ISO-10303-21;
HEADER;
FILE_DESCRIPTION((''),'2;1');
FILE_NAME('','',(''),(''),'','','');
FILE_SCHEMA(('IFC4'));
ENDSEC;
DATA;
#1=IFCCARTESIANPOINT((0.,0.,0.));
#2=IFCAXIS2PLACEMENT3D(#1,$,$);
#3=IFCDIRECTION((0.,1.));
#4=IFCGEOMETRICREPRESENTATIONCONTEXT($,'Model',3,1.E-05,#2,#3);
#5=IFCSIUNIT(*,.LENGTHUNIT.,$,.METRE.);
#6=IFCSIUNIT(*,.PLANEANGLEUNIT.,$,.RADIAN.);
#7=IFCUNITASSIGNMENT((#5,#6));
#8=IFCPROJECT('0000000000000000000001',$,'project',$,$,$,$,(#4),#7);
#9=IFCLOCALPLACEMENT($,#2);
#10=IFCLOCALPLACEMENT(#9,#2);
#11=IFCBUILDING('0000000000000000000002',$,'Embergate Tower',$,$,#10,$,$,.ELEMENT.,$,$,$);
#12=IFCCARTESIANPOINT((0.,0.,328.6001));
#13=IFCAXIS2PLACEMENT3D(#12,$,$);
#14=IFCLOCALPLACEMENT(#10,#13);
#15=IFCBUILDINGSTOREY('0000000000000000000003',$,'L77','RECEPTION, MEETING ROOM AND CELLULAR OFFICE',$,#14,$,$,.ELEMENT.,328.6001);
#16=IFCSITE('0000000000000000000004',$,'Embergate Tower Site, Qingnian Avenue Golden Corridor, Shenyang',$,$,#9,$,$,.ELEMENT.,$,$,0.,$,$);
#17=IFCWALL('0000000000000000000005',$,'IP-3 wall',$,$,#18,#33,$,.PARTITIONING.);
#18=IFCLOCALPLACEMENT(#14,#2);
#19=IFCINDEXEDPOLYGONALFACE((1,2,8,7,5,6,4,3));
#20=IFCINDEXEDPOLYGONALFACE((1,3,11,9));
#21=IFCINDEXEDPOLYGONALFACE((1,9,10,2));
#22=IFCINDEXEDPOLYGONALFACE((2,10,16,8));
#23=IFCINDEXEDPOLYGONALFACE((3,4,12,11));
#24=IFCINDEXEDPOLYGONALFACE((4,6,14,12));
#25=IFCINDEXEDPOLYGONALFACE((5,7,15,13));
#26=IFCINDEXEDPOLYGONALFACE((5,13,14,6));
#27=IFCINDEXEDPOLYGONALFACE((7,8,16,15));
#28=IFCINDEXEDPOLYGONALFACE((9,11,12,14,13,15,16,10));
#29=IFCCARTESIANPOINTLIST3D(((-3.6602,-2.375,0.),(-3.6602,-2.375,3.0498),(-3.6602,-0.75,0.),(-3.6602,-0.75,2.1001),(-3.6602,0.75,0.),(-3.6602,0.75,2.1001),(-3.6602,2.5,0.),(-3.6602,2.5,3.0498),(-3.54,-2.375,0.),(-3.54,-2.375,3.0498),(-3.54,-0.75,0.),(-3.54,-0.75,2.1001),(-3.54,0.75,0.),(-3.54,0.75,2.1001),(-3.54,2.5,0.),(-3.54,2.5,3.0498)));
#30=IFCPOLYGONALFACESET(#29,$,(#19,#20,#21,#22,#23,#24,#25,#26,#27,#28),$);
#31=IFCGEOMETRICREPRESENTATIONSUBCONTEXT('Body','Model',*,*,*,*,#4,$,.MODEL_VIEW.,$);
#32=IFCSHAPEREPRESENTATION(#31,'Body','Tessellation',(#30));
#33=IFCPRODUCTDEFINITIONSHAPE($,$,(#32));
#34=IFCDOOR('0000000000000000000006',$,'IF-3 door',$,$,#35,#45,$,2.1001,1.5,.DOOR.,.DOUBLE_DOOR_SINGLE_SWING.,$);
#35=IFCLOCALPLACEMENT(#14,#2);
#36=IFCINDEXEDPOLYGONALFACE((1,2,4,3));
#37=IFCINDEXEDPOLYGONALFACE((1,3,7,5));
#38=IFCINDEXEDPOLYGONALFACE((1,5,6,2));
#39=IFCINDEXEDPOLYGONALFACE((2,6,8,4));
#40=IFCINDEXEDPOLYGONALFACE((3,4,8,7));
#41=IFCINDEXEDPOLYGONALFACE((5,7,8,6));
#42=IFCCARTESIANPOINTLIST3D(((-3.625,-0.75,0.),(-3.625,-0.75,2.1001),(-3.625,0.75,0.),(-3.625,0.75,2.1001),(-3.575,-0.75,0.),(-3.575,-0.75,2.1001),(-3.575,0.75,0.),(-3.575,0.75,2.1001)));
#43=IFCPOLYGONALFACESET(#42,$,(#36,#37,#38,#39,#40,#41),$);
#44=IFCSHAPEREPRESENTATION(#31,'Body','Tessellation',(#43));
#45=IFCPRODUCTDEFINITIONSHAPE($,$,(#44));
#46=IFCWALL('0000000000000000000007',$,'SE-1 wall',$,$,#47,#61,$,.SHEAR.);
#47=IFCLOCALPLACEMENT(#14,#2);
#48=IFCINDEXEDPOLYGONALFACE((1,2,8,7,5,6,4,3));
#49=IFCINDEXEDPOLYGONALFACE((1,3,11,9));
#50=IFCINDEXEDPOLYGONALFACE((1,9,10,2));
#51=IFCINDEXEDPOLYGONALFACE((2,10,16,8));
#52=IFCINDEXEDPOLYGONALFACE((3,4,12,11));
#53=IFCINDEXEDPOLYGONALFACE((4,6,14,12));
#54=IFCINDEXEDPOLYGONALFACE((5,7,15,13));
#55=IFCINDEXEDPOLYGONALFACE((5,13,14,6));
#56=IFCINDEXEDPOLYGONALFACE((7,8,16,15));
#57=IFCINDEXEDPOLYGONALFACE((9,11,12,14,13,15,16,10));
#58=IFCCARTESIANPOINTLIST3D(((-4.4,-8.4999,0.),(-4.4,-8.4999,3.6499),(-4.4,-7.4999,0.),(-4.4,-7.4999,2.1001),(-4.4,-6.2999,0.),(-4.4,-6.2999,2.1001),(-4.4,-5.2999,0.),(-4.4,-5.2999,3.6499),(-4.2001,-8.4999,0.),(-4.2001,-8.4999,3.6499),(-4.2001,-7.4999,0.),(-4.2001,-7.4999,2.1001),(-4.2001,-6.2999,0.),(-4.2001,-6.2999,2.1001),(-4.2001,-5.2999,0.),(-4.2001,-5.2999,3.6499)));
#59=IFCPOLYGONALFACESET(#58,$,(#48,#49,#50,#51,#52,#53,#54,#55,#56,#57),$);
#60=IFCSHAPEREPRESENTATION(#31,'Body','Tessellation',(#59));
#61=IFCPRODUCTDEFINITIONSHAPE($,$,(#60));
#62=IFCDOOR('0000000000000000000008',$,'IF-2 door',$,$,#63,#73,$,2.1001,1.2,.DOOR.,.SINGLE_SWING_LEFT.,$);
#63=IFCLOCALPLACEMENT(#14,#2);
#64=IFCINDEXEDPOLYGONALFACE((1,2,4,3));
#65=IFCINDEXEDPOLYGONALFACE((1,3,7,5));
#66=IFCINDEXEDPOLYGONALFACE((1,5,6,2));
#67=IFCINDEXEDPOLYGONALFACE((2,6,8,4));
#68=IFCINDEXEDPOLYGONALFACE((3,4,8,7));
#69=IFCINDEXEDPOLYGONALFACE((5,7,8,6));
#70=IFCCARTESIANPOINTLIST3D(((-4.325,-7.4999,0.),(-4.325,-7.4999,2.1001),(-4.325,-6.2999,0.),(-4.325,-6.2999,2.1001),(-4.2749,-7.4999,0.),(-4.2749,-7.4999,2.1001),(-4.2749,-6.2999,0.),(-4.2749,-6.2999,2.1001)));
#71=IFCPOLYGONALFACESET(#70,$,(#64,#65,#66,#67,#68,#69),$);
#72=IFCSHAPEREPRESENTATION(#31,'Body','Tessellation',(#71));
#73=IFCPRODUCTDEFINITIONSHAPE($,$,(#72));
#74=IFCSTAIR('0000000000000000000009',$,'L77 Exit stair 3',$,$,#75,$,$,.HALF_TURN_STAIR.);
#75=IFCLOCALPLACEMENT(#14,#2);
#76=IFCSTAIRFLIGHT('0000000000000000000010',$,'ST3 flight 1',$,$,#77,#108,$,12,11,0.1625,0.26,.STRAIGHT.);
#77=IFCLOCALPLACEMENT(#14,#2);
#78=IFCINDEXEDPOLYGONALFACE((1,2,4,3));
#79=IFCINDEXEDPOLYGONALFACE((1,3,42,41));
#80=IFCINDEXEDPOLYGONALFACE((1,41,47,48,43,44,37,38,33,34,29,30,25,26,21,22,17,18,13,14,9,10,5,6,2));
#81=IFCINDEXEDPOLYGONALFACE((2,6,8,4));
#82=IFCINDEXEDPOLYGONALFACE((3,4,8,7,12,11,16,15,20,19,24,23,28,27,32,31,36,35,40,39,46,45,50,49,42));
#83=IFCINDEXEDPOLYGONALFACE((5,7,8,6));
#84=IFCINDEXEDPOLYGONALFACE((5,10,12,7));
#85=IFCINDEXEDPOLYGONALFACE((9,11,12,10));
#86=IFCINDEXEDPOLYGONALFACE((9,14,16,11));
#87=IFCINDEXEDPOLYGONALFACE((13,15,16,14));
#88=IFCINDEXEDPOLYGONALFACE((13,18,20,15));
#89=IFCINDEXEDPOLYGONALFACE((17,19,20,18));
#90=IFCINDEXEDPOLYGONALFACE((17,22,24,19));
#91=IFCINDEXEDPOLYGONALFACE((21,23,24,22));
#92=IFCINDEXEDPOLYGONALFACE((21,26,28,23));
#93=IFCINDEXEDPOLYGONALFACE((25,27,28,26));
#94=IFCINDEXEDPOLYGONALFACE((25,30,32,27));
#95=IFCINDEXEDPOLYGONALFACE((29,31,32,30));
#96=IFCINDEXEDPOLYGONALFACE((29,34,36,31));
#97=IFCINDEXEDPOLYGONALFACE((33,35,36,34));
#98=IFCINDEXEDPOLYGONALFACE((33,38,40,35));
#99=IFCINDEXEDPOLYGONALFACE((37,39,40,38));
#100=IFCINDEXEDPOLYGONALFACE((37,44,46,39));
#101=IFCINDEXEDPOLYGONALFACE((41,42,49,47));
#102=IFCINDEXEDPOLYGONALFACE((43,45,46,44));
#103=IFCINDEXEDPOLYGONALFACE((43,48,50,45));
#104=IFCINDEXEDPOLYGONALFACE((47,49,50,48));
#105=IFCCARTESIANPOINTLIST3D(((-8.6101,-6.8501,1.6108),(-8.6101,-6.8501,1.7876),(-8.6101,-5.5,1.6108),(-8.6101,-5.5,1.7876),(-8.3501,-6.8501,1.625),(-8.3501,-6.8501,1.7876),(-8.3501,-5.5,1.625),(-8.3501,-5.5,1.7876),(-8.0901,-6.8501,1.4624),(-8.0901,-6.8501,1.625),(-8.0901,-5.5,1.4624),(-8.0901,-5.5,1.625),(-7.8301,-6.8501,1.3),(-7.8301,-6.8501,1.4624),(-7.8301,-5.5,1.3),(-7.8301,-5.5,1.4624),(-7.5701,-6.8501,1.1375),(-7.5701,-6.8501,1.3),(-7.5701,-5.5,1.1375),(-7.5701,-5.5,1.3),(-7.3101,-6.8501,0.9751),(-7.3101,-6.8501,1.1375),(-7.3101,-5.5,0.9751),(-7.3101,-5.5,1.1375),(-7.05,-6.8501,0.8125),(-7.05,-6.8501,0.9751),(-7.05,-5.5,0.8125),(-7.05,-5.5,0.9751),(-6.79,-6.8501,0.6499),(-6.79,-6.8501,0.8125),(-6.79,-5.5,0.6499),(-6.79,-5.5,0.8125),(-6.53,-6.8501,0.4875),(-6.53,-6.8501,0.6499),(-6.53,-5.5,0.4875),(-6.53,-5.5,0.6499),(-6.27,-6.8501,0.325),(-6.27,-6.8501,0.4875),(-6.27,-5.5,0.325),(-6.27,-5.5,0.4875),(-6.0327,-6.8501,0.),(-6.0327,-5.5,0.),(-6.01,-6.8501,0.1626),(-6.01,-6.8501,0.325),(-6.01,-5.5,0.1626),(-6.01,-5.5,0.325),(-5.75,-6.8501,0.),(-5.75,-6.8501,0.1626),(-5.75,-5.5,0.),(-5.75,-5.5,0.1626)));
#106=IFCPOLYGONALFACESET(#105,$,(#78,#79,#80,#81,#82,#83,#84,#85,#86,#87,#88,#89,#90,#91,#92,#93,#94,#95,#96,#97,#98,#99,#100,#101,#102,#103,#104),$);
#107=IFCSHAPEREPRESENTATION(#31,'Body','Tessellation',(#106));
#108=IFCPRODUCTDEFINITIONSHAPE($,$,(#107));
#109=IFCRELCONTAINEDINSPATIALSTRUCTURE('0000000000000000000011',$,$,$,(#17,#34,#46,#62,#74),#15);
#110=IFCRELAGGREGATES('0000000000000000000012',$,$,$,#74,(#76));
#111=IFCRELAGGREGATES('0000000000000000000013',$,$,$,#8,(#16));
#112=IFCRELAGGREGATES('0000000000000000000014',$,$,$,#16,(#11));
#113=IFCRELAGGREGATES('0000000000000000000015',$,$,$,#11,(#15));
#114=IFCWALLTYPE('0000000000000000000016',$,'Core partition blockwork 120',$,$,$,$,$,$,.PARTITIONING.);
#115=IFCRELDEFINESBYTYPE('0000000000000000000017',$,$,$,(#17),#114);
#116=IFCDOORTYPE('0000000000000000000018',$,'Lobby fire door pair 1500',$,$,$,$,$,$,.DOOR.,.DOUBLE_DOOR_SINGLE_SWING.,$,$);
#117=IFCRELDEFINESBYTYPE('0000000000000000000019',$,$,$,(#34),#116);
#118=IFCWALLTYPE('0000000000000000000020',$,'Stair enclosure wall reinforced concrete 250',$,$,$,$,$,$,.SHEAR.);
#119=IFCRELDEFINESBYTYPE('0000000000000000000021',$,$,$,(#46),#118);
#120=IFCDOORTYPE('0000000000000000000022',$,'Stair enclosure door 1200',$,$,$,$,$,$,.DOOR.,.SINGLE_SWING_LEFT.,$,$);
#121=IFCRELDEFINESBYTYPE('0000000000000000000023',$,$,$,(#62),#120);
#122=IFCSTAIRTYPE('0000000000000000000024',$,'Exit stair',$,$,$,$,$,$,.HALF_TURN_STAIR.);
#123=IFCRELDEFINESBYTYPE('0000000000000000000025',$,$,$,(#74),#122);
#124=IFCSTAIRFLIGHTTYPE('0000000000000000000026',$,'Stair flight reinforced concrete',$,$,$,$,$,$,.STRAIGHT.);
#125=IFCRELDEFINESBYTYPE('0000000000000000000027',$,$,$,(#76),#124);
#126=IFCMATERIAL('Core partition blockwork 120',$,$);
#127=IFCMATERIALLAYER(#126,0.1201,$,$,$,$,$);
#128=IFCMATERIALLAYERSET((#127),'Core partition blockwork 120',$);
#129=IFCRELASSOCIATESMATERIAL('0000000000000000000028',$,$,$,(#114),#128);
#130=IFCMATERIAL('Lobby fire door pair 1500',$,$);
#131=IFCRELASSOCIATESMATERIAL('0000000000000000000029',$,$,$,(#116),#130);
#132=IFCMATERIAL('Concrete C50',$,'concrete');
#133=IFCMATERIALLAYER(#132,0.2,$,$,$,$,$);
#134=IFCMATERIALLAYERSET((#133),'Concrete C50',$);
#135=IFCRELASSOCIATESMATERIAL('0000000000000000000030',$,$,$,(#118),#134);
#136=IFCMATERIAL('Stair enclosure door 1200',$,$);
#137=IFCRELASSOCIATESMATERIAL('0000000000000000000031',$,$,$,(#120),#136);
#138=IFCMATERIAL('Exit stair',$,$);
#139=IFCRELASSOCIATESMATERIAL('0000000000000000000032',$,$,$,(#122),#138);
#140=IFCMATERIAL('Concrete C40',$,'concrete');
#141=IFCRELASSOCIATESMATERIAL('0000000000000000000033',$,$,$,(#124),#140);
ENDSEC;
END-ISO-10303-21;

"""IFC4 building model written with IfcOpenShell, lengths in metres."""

from ifc_helpers import new_model, si_unit, direction, frame, frame_2d, origin, place, context, subcontext, project, spatial, polyline, rectangle, outline, extrude, source, transform, mapped, material, layer, layer_set, type_object, element, fill, aggregate, save


model = new_model("IFC4")

# Units and contexts
model_context = context("Model", 3, precision=1e-05, world=origin(), true_north=direction((0.0, 1.0)))
body_context = subcontext(model_context, "Body", "Model", "MODEL_VIEW")
ifc_project = project(units=[si_unit("LENGTHUNIT", "METRE"), si_unit("PLANEANGLEUNIT", "RADIAN")], contexts=[model_context])

# Site, building, storey
site_placement = place(None, origin())
site = spatial("IfcSite", under=ifc_project, at=site_placement, Name="Embergate Tower Site, Qingnian Avenue Golden Corridor, Shenyang", CompositionType="ELEMENT", RefElevation=0.0)
building_placement = place(site_placement, origin())
building = spatial("IfcBuilding", under=site, at=building_placement, Name="Embergate Tower", CompositionType="ELEMENT")
storey_placement = place(building_placement, frame((0.0, 0.0, 328.6001)))
storey = spatial("IfcBuildingStorey", under=building, at=storey_placement, Name="L77", Description="RECEPTION, MEETING ROOM AND CELLULAR OFFICE", CompositionType="ELEMENT", Elevation=328.6001)

# Shared definitions
ifc_material_1 = material(Name="Concrete C50", Category="concrete")

# Shared definitions
ifc_material_2 = material(Name="Core partition blockwork 120")
ifc_layer_1 = layer(ifc_material_2, 0.1201)
ifc_layer_set_1 = layer_set([ifc_layer_1], Name="Core partition blockwork 120")
wall_type_1 = type_object("IfcWallType", Name="Core partition blockwork 120", PredefinedType="PARTITIONING", material=ifc_layer_set_1)

# Walls, openings, doors
shared_shape_1 = source(origin(), body_context, "Body", "SweptSolid", [
    extrude(rectangle(XDim=4.875, YDim=0.1201, at=frame_2d((2.4375, 0.0))), origin(), (0.0, 0.0, 1.0), 3.0498),
])
wall_1_placement = place(storey_placement, frame((-3.6001, -2.375, 0.0), z_axis=(0.0, 0.0, 1.0), x_axis=(0.0, 1.0, 0.0)))
wall_1 = element("IfcWall", 1, at=wall_1_placement, inside=storey, type_object=wall_type_1, Name="IP-3 wall", PredefinedType="PARTITIONING", context=body_context, shape_type="MappedRepresentation", body=[
    mapped(shared_shape_1, transform((0.0, 0.0, 0.0))),
])
shared_shape_2 = source(origin(), body_context, "Body", "SweptSolid", [
    extrude(rectangle(XDim=1.5, YDim=2.1001, at=frame_2d((0.75, 1.05))), frame((0.0, 0.0701, 0.0), z_axis=(0.0, -1.0, 0.0), x_axis=(1.0, 0.0, 0.0)), (0.0, 0.0, 1.0), 0.1401),
])
opening_1_placement = place(wall_1_placement, frame((1.625, 0.0, 0.0)))
opening_1 = element("IfcOpeningElement", 2, at=opening_1_placement, cuts=wall_1, PredefinedType="OPENING", context=body_context, shape_type="MappedRepresentation", body=[
    mapped(shared_shape_2, transform((0.0, 0.0, 0.0))),
])
ifc_material_3 = material(Name="Lobby fire door pair 1500")
door_type_1 = type_object("IfcDoorType", Name="Lobby fire door pair 1500", OperationType="DOUBLE_DOOR_SINGLE_SWING", PredefinedType="DOOR", material=ifc_material_3)
shared_shape_3 = source(origin(), body_context, "Body", "SweptSolid", [
    extrude(rectangle(XDim=1.5, YDim=2.1001, at=frame_2d((0.75, 1.05))), frame((0.0, 0.0249, 0.0), z_axis=(0.0, -1.0, 0.0), x_axis=(1.0, 0.0, 0.0)), (0.0, 0.0, 1.0), 0.05),
])
door_1_placement = place(opening_1_placement, origin())
door_1 = element("IfcDoor", 3, at=door_1_placement, inside=storey, type_object=door_type_1, Name="IF-3 door", OperationType="DOUBLE_DOOR_SINGLE_SWING", OverallHeight=2.1001, OverallWidth=1.5, PredefinedType="DOOR", context=body_context, shape_type="MappedRepresentation", body=[
    mapped(shared_shape_3, transform((0.0, 0.0, 0.0))),
])
fill(opening_1, door_1)
ifc_layer_2 = layer(ifc_material_1, 0.2)
ifc_layer_set_2 = layer_set([ifc_layer_2], Name="Concrete C50")
wall_type_2 = type_object("IfcWallType", Name="Stair enclosure wall reinforced concrete 250", PredefinedType="SHEAR", material=ifc_layer_set_2)
shared_shape_4 = source(origin(), body_context, "Body", "SweptSolid", [
    extrude(rectangle(XDim=3.2, YDim=0.2, at=frame_2d((1.6001, 0.0))), origin(), (0.0, 0.0, 1.0), 3.6499),
])
wall_2_placement = place(storey_placement, frame((-4.3, -8.5, 0.0), z_axis=(0.0, 0.0, 1.0), x_axis=(0.0, 1.0, 0.0)))
wall_2 = element("IfcWall", 4, at=wall_2_placement, inside=storey, type_object=wall_type_2, Name="SE-1 wall", PredefinedType="SHEAR", context=body_context, shape_type="MappedRepresentation", body=[
    mapped(shared_shape_4, transform((0.0, 0.0, 0.0))),
])
shared_shape_5 = source(origin(), body_context, "Body", "SweptSolid", [
    extrude(rectangle(XDim=1.2, YDim=2.1001, at=frame_2d((0.6001, 1.05))), frame((0.0, 0.1099, 0.0), z_axis=(0.0, -1.0, 0.0), x_axis=(1.0, 0.0, 0.0)), (0.0, 0.0, 1.0), 0.22),
])
opening_2_placement = place(wall_2_placement, frame((1.0, 0.0, 0.0)))
opening_2 = element("IfcOpeningElement", 5, at=opening_2_placement, cuts=wall_2, PredefinedType="OPENING", context=body_context, shape_type="MappedRepresentation", body=[
    mapped(shared_shape_5, transform((0.0, 0.0, 0.0))),
])
ifc_material_4 = material(Name="Stair enclosure door 1200")
door_type_2 = type_object("IfcDoorType", Name="Stair enclosure door 1200", OperationType="SINGLE_SWING_LEFT", PredefinedType="DOOR", material=ifc_material_4)
shared_shape_6 = source(origin(), body_context, "Body", "SweptSolid", [
    extrude(rectangle(XDim=1.2, YDim=2.1001, at=frame_2d((0.6001, 1.05))), frame((0.0, 0.0249, 0.0), z_axis=(0.0, -1.0, 0.0), x_axis=(1.0, 0.0, 0.0)), (0.0, 0.0, 1.0), 0.05),
])
door_2_placement = place(opening_2_placement, origin())
door_2 = element("IfcDoor", 6, at=door_2_placement, inside=storey, type_object=door_type_2, Name="IF-2 door", OperationType="SINGLE_SWING_LEFT", OverallHeight=2.1001, OverallWidth=1.2, PredefinedType="DOOR", context=body_context, shape_type="MappedRepresentation", body=[
    mapped(shared_shape_6, transform((0.0, 0.0, 0.0))),
])
fill(opening_2, door_2)

# Stair, stair flight
ifc_material_5 = material(Name="Exit stair")
stair_type = type_object("IfcStairType", Name="Exit stair", PredefinedType="HALF_TURN_STAIR", material=ifc_material_5)
stair_placement = place(storey_placement, origin())
stair = element("IfcStair", 7, at=stair_placement, inside=storey, type_object=stair_type, Name="L77 Exit stair 3", PredefinedType="HALF_TURN_STAIR")
ifc_material_6 = material(Name="Concrete C40", Category="concrete")
stair_flight_type = type_object("IfcStairFlightType", Name="Stair flight reinforced concrete", PredefinedType="STRAIGHT", material=ifc_material_6)
shared_shape_7 = source(origin(), body_context, "Body", "SweptSolid", [
    extrude(outline(polyline([(0.0, 0.0), (0.0, 0.1626), (0.26, 0.1626), (0.26, 0.325), (0.52, 0.325), (0.52, 0.4875), (0.78, 0.4875), (0.78, 0.6499), (1.04, 0.6499), (1.04, 0.8125), (1.3, 0.8125), (1.3, 0.9751), (1.5601, 0.9751), (1.5601, 1.1375), (1.8201, 1.1375), (1.8201, 1.3), (2.0801, 1.3), (2.0801, 1.4624), (2.3401, 1.4624), (2.3401, 1.625), (2.6001, 1.625), (2.6001, 1.7876), (2.8601, 1.7876), (2.8601, 1.95), (2.8601, 1.6108), (0.2827, 0.0), (0.0, 0.0)])), frame((0.0, 0.675, 0.0), z_axis=(0.0, -1.0, 0.0), x_axis=(1.0, 0.0, 0.0)), (0.0, 0.0, 1.0), 1.3501),
])
stair_flight_placement = place(storey_placement, frame((-5.75, -6.175, 0.0), z_axis=(0.0, 0.0, 1.0), x_axis=(-1.0, 0.0, 0.0)))
stair_flight = element("IfcStairFlight", 8, at=stair_flight_placement, type_object=stair_flight_type, Name="ST3 flight 1", NumberOfRisers=12, NumberOfTreads=11, PredefinedType="STRAIGHT", RiserHeight=0.1625, TreadLength=0.26, context=body_context, shape_type="MappedRepresentation", body=[
    mapped(shared_shape_7, transform((0.0, 0.0, 0.0))),
])
aggregate(stair, [stair_flight])

save(model, "model.ifc")
